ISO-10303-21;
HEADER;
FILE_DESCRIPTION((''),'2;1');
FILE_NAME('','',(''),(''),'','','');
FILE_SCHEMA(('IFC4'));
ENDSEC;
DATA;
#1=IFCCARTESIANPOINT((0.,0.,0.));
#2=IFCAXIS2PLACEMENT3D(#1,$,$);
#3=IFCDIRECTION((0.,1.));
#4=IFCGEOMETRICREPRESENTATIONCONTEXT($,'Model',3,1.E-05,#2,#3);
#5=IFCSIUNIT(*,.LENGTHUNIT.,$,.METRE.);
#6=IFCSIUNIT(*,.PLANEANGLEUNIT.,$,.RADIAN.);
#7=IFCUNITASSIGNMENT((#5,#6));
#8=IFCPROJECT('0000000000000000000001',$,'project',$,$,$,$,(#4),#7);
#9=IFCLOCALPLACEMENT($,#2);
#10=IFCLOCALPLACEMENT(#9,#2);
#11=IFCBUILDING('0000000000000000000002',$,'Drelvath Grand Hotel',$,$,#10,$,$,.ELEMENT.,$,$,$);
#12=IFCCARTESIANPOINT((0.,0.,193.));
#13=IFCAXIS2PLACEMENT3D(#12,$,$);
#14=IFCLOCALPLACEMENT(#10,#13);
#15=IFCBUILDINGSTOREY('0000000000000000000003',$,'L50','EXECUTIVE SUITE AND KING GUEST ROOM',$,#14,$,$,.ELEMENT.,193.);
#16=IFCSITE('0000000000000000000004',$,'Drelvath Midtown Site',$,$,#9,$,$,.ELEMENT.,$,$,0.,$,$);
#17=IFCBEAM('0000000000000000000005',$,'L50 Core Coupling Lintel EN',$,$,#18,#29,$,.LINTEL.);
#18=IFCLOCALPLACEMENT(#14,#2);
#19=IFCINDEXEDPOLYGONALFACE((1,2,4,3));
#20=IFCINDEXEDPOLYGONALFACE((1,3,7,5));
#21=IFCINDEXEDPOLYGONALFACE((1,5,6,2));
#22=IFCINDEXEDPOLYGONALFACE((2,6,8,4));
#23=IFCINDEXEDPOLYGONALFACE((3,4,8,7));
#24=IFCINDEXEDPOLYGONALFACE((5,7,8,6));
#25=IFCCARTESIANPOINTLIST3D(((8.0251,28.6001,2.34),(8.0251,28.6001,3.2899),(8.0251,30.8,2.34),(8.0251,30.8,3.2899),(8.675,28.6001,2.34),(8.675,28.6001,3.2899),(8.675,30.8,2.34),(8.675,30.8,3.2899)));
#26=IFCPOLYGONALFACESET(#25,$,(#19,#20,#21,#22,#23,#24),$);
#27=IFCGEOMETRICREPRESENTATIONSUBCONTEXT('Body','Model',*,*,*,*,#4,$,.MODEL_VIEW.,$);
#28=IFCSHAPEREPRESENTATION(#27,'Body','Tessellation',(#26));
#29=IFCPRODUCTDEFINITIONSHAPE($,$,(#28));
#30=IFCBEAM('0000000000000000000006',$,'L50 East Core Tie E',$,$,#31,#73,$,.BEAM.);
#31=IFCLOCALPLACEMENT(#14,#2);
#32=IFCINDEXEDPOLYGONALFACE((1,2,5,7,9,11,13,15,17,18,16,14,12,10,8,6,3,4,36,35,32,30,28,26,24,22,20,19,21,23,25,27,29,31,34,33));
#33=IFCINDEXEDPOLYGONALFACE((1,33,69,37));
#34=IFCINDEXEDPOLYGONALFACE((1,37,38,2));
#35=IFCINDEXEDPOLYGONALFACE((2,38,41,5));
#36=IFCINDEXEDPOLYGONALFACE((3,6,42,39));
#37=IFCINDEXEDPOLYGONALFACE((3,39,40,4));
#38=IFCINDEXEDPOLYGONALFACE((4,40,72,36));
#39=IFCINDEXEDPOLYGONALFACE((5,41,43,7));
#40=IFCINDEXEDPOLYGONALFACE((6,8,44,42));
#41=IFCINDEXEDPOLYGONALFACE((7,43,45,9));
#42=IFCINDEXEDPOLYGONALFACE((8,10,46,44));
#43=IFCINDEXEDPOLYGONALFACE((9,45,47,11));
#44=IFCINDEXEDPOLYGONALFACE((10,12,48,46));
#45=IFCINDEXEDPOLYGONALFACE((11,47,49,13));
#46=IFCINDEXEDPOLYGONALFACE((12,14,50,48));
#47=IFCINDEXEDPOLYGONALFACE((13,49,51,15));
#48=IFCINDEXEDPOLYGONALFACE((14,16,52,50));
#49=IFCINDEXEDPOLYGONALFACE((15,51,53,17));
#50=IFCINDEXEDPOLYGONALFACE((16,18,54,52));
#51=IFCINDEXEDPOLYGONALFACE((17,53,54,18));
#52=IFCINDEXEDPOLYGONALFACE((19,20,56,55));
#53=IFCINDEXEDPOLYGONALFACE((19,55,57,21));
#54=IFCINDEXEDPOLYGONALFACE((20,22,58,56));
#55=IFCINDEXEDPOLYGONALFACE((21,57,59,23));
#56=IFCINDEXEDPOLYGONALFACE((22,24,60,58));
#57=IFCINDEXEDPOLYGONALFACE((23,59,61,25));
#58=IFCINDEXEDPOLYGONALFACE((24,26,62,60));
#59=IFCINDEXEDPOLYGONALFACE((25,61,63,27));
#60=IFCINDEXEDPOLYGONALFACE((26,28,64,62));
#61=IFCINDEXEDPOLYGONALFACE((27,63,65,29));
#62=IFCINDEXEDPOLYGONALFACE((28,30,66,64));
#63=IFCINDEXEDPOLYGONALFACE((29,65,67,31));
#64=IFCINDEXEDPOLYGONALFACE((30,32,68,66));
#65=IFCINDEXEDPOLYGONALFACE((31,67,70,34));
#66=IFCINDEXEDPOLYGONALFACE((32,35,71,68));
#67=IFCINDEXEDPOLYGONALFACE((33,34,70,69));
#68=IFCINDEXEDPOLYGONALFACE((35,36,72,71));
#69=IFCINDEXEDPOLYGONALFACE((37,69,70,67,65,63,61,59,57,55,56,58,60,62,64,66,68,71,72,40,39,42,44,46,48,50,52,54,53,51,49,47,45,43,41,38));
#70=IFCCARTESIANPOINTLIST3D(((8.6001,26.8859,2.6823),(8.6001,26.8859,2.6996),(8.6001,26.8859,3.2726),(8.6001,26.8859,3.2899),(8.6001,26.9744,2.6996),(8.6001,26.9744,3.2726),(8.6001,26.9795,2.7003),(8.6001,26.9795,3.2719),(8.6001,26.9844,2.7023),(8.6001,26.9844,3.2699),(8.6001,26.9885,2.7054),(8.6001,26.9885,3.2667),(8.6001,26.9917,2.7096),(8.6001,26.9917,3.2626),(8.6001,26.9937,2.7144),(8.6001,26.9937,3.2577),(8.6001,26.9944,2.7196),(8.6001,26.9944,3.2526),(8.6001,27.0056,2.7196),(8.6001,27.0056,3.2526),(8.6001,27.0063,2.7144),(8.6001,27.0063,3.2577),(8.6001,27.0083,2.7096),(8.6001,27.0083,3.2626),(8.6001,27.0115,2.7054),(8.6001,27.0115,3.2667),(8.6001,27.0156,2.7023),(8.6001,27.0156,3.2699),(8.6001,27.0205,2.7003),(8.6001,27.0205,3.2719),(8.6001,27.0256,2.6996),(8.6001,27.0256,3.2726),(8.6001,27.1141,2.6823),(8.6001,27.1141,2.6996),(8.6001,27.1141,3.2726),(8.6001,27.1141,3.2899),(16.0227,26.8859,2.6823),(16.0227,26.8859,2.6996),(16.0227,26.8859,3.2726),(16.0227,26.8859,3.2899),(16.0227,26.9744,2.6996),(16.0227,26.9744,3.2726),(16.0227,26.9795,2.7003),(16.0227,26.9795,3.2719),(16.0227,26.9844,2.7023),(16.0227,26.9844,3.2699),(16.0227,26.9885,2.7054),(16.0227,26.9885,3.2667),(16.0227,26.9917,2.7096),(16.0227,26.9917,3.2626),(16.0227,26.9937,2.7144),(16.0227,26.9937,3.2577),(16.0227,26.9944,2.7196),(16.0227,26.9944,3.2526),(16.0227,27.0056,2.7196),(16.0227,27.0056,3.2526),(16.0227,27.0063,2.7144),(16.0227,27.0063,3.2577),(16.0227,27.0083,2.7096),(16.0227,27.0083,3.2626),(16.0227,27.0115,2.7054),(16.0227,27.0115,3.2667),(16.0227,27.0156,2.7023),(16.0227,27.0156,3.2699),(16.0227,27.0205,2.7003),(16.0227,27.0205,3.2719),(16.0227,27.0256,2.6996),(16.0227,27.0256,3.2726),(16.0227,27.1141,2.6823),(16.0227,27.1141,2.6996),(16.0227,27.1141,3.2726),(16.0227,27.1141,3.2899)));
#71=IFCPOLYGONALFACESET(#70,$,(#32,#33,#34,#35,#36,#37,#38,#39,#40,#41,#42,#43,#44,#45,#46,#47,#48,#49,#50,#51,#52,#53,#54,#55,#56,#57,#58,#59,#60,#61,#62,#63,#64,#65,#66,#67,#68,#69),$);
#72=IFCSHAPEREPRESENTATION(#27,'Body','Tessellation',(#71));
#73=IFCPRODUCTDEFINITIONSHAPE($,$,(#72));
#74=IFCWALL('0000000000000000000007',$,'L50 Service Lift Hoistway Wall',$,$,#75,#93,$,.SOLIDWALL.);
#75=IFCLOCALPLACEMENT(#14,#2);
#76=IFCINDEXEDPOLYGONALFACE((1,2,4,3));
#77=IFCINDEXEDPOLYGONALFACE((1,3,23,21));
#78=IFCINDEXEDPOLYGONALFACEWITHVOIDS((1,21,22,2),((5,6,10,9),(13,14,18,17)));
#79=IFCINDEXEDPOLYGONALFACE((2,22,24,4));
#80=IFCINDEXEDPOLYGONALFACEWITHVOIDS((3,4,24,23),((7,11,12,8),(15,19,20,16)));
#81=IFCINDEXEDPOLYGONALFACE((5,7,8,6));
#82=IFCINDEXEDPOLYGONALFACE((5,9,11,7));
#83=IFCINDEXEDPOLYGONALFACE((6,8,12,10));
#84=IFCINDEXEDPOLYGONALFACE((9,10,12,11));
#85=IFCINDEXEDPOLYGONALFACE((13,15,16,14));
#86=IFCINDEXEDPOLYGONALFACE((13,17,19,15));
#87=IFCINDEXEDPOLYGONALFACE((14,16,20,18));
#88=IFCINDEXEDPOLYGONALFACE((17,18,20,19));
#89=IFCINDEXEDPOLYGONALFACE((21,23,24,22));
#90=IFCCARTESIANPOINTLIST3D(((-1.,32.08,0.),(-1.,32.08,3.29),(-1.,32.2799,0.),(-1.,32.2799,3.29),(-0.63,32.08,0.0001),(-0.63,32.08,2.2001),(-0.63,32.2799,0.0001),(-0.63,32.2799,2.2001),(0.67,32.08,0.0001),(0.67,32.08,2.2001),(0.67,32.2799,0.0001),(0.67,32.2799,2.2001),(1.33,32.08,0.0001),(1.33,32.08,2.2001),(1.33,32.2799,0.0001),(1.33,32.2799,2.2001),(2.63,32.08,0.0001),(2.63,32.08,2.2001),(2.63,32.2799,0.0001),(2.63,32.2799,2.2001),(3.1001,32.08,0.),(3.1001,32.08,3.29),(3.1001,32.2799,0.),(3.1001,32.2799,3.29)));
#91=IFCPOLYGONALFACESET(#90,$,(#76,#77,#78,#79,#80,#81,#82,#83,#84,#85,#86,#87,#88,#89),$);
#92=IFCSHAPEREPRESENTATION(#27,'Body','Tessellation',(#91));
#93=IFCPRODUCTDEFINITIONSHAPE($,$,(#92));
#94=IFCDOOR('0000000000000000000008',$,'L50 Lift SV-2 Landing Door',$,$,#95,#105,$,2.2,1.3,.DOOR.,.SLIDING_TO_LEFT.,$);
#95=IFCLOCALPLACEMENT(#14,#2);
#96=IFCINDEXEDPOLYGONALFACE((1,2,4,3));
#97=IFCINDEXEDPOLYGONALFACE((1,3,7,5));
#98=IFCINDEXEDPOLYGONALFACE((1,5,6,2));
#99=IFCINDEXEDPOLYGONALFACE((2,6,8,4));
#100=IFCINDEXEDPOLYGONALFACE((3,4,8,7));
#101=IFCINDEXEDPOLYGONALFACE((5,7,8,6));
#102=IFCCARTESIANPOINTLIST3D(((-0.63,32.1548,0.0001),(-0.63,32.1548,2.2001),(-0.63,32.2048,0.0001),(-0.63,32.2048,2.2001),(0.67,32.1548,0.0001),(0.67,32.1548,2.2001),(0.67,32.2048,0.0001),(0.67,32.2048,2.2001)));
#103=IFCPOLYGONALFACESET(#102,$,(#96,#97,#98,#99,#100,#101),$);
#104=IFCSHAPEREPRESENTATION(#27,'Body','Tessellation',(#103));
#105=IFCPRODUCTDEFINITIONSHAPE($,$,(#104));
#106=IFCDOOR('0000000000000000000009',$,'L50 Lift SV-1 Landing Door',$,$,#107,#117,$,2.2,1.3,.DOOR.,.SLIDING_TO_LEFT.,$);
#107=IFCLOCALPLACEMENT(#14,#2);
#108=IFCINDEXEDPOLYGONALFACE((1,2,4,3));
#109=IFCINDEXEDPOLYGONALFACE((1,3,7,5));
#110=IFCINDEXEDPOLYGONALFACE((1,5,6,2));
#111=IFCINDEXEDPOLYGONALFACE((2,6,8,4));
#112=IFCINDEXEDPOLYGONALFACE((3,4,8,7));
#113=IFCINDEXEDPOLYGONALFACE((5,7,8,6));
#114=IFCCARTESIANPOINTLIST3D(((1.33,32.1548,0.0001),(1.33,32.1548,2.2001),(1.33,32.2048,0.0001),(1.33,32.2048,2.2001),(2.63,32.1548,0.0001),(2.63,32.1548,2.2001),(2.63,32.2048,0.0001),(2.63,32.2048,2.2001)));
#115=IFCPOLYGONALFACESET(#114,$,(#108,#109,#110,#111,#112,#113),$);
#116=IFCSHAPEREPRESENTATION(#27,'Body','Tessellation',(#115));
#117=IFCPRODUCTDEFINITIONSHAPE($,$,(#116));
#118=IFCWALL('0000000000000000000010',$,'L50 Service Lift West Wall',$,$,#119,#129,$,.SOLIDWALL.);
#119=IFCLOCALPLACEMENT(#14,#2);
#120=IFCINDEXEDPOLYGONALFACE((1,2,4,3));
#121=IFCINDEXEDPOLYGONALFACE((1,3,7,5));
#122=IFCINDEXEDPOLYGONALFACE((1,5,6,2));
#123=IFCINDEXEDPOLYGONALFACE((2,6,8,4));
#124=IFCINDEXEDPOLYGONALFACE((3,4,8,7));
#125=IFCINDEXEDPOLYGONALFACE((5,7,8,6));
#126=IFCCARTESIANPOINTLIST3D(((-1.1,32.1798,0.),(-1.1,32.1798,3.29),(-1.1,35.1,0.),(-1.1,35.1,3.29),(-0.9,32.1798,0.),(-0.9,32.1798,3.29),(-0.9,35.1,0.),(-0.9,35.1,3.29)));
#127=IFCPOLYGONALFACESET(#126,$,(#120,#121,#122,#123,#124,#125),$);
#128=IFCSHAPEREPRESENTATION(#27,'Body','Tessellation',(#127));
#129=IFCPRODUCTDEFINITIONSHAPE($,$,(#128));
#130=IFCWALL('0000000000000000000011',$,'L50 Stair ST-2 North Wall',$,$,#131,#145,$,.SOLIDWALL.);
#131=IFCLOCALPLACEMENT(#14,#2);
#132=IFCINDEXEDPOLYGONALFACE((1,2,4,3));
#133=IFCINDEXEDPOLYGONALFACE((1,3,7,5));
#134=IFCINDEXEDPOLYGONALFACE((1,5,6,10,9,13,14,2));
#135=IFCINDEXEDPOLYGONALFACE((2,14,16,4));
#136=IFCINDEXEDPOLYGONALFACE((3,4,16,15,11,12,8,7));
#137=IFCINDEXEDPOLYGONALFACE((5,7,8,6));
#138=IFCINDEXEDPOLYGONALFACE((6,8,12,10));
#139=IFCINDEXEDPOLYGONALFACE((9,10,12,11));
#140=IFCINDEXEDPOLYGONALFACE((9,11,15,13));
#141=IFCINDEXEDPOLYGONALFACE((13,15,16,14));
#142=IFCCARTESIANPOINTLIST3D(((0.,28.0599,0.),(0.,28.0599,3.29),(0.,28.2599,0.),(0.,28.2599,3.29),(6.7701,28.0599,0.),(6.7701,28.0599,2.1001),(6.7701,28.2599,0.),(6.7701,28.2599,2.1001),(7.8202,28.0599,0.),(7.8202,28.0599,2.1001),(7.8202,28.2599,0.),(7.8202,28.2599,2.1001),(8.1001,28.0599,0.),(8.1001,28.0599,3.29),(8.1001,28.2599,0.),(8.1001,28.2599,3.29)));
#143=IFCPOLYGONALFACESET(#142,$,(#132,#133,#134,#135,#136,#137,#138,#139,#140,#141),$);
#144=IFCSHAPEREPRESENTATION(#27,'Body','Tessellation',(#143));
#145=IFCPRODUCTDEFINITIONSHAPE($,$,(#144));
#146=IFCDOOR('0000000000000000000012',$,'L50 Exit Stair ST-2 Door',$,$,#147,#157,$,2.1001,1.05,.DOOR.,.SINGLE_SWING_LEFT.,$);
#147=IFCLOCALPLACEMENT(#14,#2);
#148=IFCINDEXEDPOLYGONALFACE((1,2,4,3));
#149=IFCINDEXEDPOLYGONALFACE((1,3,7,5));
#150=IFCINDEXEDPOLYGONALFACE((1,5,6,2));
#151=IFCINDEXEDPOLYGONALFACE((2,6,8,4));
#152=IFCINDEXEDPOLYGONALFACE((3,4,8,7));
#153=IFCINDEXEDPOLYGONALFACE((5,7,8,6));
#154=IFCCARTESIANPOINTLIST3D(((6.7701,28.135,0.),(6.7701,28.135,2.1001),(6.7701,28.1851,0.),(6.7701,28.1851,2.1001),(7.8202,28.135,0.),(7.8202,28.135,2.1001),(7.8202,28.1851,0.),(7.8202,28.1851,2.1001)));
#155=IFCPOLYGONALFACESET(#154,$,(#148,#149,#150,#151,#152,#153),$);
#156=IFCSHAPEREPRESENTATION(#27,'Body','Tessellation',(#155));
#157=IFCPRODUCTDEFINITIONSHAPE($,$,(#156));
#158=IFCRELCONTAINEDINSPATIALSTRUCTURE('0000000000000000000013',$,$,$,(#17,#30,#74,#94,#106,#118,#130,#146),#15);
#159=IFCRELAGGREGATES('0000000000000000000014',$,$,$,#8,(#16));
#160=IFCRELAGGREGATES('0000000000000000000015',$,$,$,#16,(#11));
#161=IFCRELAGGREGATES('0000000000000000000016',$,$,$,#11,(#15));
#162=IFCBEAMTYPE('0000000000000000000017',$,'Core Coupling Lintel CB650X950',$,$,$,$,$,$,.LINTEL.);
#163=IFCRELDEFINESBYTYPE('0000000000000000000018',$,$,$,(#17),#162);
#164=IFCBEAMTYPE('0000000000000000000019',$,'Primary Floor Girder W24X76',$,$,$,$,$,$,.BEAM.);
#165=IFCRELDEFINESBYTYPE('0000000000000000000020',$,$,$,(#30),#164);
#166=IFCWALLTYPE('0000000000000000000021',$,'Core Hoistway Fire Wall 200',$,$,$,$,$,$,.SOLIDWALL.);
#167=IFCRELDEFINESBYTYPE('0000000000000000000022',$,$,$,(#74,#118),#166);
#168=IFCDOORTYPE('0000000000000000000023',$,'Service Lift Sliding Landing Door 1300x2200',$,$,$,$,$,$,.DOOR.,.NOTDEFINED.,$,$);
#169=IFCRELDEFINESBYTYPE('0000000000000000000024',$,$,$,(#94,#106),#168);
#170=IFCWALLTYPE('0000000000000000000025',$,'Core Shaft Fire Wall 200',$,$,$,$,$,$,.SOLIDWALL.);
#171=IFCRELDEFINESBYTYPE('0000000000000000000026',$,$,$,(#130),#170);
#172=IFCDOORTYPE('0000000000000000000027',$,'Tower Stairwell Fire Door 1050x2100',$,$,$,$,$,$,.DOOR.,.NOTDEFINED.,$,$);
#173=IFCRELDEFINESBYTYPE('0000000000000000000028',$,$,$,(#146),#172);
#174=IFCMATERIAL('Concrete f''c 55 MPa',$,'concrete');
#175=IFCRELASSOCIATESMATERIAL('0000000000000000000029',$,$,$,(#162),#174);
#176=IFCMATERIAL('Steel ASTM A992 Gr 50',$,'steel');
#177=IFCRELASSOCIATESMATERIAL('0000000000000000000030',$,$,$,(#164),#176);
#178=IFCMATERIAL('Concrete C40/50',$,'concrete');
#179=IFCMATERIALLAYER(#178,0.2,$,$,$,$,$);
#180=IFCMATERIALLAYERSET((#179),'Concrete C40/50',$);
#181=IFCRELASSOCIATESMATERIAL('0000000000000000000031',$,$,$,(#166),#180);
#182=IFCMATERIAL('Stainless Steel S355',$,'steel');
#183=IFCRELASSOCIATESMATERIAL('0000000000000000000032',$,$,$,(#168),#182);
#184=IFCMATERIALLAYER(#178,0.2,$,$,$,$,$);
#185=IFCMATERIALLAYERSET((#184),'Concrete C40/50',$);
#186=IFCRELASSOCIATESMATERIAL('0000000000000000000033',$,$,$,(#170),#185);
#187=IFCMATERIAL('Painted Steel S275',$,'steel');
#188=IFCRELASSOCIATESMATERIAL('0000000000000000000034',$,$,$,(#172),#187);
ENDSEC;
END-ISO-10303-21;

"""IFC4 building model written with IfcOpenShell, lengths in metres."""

from ifc_helpers import new_model, si_unit, direction, frame, frame_2d, origin, origin_2d, place, context, subcontext, project, spatial, rectangle, i_section, extrude, material, layer, layer_set, material_profile, profile_set, type_object, element, fill, save


model = new_model("IFC4")

# Units and contexts
model_context = context("Model", 3, precision=1e-05, world=origin(), true_north=direction((0.0, 1.0)))
body_context = subcontext(model_context, "Body", "Model", "MODEL_VIEW")
ifc_project = project(units=[si_unit("LENGTHUNIT", "METRE"), si_unit("PLANEANGLEUNIT", "RADIAN")], contexts=[model_context])

# Site, building, storey
site_placement = place(None, origin())
site = spatial("IfcSite", under=ifc_project, at=site_placement, Name="Drelvath Midtown Site", CompositionType="ELEMENT", RefElevation=0.0)
building_placement = place(site_placement, origin())
building = spatial("IfcBuilding", under=site, at=building_placement, Name="Drelvath Grand Hotel", CompositionType="ELEMENT")
storey_placement = place(building_placement, frame((0.0, 0.0, 193.0)))
storey = spatial("IfcBuildingStorey", under=building, at=storey_placement, Name="L50", Description="EXECUTIVE SUITE AND KING GUEST ROOM", CompositionType="ELEMENT", Elevation=193.0)

# Beams
ifc_material_1 = material(Name="Concrete f'c 55 MPa", Category="concrete")
ifc_material_profile_1 = material_profile(ifc_material_1, rectangle(XDim=0.6499, YDim=0.95, at=origin_2d()), Name="CB650X950")
ifc_profile_set_1 = profile_set([ifc_material_profile_1], Name="Concrete f'c 55 MPa")
beam_type_1 = type_object("IfcBeamType", Name="Core Coupling Lintel CB650X950", PredefinedType="LINTEL", material=ifc_profile_set_1)
beam_1_placement = place(storey_placement, frame((8.3501, 28.6001, 2.8149), z_axis=(0.0, 1.0, 0.0), x_axis=(-1.0, 0.0, 0.0)))
element("IfcBeam", 1, at=beam_1_placement, inside=storey, type_object=beam_type_1, Name="L50 Core Coupling Lintel EN", PredefinedType="LINTEL", context=body_context, shape_type="SweptSolid", body=[
    extrude(rectangle(XDim=0.6499, YDim=0.95, at=origin_2d()), origin(), (0.0, 0.0, 1.0), 2.2),
])
ifc_material_2 = material(Name="Steel ASTM A992 Gr 50", Category="steel")
ifc_material_profile_2 = material_profile(ifc_material_2, i_section(OverallWidth=0.2283, OverallDepth=0.6077, WebThickness=0.0112, FlangeThickness=0.0173, FilletRadius=0.02, at=origin_2d()), Name="W24X76")
ifc_profile_set_2 = profile_set([ifc_material_profile_2], Name="Steel ASTM A992 Gr 50")
beam_type_2 = type_object("IfcBeamType", Name="Primary Floor Girder W24X76", PredefinedType="BEAM", material=ifc_profile_set_2)
beam_2_placement = place(storey_placement, frame((8.6001, 27.0, 2.9861), z_axis=(1.0, 0.0, 0.0), x_axis=(0.0, 1.0, 0.0)))
element("IfcBeam", 2, at=beam_2_placement, inside=storey, type_object=beam_type_2, Name="L50 East Core Tie E", PredefinedType="BEAM", context=body_context, shape_type="SweptSolid", body=[
    extrude(i_section(OverallWidth=0.2283, OverallDepth=0.6077, WebThickness=0.0112, FlangeThickness=0.0173, FilletRadius=0.02, at=origin_2d()), origin(), (0.0, 0.0, 1.0), 7.4226),
])

# Wall, openings, doors
ifc_material_3 = material(Name="Concrete C40/50", Category="concrete")
ifc_layer_1 = layer(ifc_material_3, 0.2)
ifc_layer_set_1 = layer_set([ifc_layer_1], Name="Concrete C40/50")
wall_type_1 = type_object("IfcWallType", Name="Core Hoistway Fire Wall 200", PredefinedType="SOLIDWALL", material=ifc_layer_set_1)
wall_1_placement = place(storey_placement, frame((-1.0, 32.1799, 0.0), z_axis=(0.0, 0.0, 1.0), x_axis=(1.0, 0.0, 0.0)))
wall_1 = element("IfcWall", 3, at=wall_1_placement, inside=storey, type_object=wall_type_1, Name="L50 Service Lift Hoistway Wall", PredefinedType="SOLIDWALL", context=body_context, shape_type="SweptSolid", body=[
    extrude(rectangle(XDim=4.1001, YDim=0.2, at=frame_2d((2.05, 0.0))), origin(), (0.0, 0.0, 1.0), 3.29),
])
opening_1_placement = place(wall_1_placement, frame((0.3701, 0.0, 0.0)))
opening_1 = element("IfcOpeningElement", 4, at=opening_1_placement, cuts=wall_1, PredefinedType="OPENING", context=body_context, shape_type="SweptSolid", body=[
    extrude(rectangle(XDim=1.3, YDim=2.2, at=frame_2d((0.6499, 1.1001))), frame((0.0, 0.1099, 0.0), z_axis=(0.0, -1.0, 0.0), x_axis=(1.0, 0.0, 0.0)), (0.0, 0.0, 1.0), 0.22),
])
opening_2_placement = place(wall_1_placement, frame((2.3301, 0.0, 0.0)))
opening_2 = element("IfcOpeningElement", 5, at=opening_2_placement, cuts=wall_1, PredefinedType="OPENING", context=body_context, shape_type="SweptSolid", body=[
    extrude(rectangle(XDim=1.3, YDim=2.2, at=frame_2d((0.6499, 1.1001))), frame((0.0, 0.1099, 0.0), z_axis=(0.0, -1.0, 0.0), x_axis=(1.0, 0.0, 0.0)), (0.0, 0.0, 1.0), 0.22),
])
ifc_material_4 = material(Name="Stainless Steel S355", Category="steel")
door_type_1 = type_object("IfcDoorType", Name="Service Lift Sliding Landing Door 1300x2200", OperationType="NOTDEFINED", PredefinedType="DOOR", material=ifc_material_4)
door_1_placement = place(opening_1_placement, origin())
door_1 = element("IfcDoor", 6, at=door_1_placement, inside=storey, type_object=door_type_1, Name="L50 Lift SV-2 Landing Door", OperationType="SLIDING_TO_LEFT", OverallHeight=2.2, OverallWidth=1.3, PredefinedType="DOOR", context=body_context, shape_type="SweptSolid", body=[
    extrude(rectangle(XDim=1.3, YDim=2.2, at=frame_2d((0.6499, 1.1001))), frame((0.0, 0.0249, 0.0), z_axis=(0.0, -1.0, 0.0), x_axis=(1.0, 0.0, 0.0)), (0.0, 0.0, 1.0), 0.05),
])
fill(opening_1, door_1)
door_2_placement = place(opening_2_placement, origin())
door_2 = element("IfcDoor", 7, at=door_2_placement, inside=storey, type_object=door_type_1, Name="L50 Lift SV-1 Landing Door", OperationType="SLIDING_TO_LEFT", OverallHeight=2.2, OverallWidth=1.3, PredefinedType="DOOR", context=body_context, shape_type="SweptSolid", body=[
    extrude(rectangle(XDim=1.3, YDim=2.2, at=frame_2d((0.6499, 1.1001))), frame((0.0, 0.0249, 0.0), z_axis=(0.0, -1.0, 0.0), x_axis=(1.0, 0.0, 0.0)), (0.0, 0.0, 1.0), 0.05),
])
fill(opening_2, door_2)

# Wall
wall_2_placement = place(storey_placement, frame((-1.0, 32.1799, 0.0), z_axis=(0.0, 0.0, 1.0), x_axis=(0.0, 1.0, 0.0)))
element("IfcWall", 8, at=wall_2_placement, inside=storey, type_object=wall_type_1, Name="L50 Service Lift West Wall", PredefinedType="SOLIDWALL", context=body_context, shape_type="SweptSolid", body=[
    extrude(rectangle(XDim=2.9202, YDim=0.2, at=frame_2d((1.46, 0.0))), origin(), (0.0, 0.0, 1.0), 3.29),
])

# Wall, opening, door
ifc_layer_2 = layer(ifc_material_3, 0.2)
ifc_layer_set_2 = layer_set([ifc_layer_2], Name="Concrete C40/50")
wall_type_2 = type_object("IfcWallType", Name="Core Shaft Fire Wall 200", PredefinedType="SOLIDWALL", material=ifc_layer_set_2)
wall_3_placement = place(storey_placement, frame((8.1001, 28.1599, 0.0), z_axis=(0.0, 0.0, 1.0), x_axis=(-1.0, 0.0, 0.0)))
wall_3 = element("IfcWall", 9, at=wall_3_placement, inside=storey, type_object=wall_type_2, Name="L50 Stair ST-2 North Wall", PredefinedType="SOLIDWALL", context=body_context, shape_type="SweptSolid", body=[
    extrude(rectangle(XDim=8.1001, YDim=0.2, at=frame_2d((4.05, 0.0))), origin(), (0.0, 0.0, 1.0), 3.29),
])
opening_3_placement = place(wall_3_placement, frame((0.28, 0.0, 0.0)))
opening_3 = element("IfcOpeningElement", 10, at=opening_3_placement, cuts=wall_3, PredefinedType="OPENING", context=body_context, shape_type="SweptSolid", body=[
    extrude(rectangle(XDim=1.05, YDim=2.1001, at=frame_2d((0.5249, 1.05))), frame((0.0, 0.1099, 0.0), z_axis=(0.0, -1.0, 0.0), x_axis=(1.0, 0.0, 0.0)), (0.0, 0.0, 1.0), 0.22),
])
ifc_material_5 = material(Name="Painted Steel S275", Category="steel")
door_type_2 = type_object("IfcDoorType", Name="Tower Stairwell Fire Door 1050x2100", OperationType="NOTDEFINED", PredefinedType="DOOR", material=ifc_material_5)
door_3_placement = place(opening_3_placement, origin())
door_3 = element("IfcDoor", 11, at=door_3_placement, inside=storey, type_object=door_type_2, Name="L50 Exit Stair ST-2 Door", OperationType="SINGLE_SWING_LEFT", OverallHeight=2.1001, OverallWidth=1.05, PredefinedType="DOOR", context=body_context, shape_type="SweptSolid", body=[
    extrude(rectangle(XDim=1.05, YDim=2.1001, at=frame_2d((0.5249, 1.05))), frame((0.0, 0.0249, 0.0), z_axis=(0.0, -1.0, 0.0), x_axis=(1.0, 0.0, 0.0)), (0.0, 0.0, 1.0), 0.05),
])
fill(opening_3, door_3)

save(model, "model.ifc")
